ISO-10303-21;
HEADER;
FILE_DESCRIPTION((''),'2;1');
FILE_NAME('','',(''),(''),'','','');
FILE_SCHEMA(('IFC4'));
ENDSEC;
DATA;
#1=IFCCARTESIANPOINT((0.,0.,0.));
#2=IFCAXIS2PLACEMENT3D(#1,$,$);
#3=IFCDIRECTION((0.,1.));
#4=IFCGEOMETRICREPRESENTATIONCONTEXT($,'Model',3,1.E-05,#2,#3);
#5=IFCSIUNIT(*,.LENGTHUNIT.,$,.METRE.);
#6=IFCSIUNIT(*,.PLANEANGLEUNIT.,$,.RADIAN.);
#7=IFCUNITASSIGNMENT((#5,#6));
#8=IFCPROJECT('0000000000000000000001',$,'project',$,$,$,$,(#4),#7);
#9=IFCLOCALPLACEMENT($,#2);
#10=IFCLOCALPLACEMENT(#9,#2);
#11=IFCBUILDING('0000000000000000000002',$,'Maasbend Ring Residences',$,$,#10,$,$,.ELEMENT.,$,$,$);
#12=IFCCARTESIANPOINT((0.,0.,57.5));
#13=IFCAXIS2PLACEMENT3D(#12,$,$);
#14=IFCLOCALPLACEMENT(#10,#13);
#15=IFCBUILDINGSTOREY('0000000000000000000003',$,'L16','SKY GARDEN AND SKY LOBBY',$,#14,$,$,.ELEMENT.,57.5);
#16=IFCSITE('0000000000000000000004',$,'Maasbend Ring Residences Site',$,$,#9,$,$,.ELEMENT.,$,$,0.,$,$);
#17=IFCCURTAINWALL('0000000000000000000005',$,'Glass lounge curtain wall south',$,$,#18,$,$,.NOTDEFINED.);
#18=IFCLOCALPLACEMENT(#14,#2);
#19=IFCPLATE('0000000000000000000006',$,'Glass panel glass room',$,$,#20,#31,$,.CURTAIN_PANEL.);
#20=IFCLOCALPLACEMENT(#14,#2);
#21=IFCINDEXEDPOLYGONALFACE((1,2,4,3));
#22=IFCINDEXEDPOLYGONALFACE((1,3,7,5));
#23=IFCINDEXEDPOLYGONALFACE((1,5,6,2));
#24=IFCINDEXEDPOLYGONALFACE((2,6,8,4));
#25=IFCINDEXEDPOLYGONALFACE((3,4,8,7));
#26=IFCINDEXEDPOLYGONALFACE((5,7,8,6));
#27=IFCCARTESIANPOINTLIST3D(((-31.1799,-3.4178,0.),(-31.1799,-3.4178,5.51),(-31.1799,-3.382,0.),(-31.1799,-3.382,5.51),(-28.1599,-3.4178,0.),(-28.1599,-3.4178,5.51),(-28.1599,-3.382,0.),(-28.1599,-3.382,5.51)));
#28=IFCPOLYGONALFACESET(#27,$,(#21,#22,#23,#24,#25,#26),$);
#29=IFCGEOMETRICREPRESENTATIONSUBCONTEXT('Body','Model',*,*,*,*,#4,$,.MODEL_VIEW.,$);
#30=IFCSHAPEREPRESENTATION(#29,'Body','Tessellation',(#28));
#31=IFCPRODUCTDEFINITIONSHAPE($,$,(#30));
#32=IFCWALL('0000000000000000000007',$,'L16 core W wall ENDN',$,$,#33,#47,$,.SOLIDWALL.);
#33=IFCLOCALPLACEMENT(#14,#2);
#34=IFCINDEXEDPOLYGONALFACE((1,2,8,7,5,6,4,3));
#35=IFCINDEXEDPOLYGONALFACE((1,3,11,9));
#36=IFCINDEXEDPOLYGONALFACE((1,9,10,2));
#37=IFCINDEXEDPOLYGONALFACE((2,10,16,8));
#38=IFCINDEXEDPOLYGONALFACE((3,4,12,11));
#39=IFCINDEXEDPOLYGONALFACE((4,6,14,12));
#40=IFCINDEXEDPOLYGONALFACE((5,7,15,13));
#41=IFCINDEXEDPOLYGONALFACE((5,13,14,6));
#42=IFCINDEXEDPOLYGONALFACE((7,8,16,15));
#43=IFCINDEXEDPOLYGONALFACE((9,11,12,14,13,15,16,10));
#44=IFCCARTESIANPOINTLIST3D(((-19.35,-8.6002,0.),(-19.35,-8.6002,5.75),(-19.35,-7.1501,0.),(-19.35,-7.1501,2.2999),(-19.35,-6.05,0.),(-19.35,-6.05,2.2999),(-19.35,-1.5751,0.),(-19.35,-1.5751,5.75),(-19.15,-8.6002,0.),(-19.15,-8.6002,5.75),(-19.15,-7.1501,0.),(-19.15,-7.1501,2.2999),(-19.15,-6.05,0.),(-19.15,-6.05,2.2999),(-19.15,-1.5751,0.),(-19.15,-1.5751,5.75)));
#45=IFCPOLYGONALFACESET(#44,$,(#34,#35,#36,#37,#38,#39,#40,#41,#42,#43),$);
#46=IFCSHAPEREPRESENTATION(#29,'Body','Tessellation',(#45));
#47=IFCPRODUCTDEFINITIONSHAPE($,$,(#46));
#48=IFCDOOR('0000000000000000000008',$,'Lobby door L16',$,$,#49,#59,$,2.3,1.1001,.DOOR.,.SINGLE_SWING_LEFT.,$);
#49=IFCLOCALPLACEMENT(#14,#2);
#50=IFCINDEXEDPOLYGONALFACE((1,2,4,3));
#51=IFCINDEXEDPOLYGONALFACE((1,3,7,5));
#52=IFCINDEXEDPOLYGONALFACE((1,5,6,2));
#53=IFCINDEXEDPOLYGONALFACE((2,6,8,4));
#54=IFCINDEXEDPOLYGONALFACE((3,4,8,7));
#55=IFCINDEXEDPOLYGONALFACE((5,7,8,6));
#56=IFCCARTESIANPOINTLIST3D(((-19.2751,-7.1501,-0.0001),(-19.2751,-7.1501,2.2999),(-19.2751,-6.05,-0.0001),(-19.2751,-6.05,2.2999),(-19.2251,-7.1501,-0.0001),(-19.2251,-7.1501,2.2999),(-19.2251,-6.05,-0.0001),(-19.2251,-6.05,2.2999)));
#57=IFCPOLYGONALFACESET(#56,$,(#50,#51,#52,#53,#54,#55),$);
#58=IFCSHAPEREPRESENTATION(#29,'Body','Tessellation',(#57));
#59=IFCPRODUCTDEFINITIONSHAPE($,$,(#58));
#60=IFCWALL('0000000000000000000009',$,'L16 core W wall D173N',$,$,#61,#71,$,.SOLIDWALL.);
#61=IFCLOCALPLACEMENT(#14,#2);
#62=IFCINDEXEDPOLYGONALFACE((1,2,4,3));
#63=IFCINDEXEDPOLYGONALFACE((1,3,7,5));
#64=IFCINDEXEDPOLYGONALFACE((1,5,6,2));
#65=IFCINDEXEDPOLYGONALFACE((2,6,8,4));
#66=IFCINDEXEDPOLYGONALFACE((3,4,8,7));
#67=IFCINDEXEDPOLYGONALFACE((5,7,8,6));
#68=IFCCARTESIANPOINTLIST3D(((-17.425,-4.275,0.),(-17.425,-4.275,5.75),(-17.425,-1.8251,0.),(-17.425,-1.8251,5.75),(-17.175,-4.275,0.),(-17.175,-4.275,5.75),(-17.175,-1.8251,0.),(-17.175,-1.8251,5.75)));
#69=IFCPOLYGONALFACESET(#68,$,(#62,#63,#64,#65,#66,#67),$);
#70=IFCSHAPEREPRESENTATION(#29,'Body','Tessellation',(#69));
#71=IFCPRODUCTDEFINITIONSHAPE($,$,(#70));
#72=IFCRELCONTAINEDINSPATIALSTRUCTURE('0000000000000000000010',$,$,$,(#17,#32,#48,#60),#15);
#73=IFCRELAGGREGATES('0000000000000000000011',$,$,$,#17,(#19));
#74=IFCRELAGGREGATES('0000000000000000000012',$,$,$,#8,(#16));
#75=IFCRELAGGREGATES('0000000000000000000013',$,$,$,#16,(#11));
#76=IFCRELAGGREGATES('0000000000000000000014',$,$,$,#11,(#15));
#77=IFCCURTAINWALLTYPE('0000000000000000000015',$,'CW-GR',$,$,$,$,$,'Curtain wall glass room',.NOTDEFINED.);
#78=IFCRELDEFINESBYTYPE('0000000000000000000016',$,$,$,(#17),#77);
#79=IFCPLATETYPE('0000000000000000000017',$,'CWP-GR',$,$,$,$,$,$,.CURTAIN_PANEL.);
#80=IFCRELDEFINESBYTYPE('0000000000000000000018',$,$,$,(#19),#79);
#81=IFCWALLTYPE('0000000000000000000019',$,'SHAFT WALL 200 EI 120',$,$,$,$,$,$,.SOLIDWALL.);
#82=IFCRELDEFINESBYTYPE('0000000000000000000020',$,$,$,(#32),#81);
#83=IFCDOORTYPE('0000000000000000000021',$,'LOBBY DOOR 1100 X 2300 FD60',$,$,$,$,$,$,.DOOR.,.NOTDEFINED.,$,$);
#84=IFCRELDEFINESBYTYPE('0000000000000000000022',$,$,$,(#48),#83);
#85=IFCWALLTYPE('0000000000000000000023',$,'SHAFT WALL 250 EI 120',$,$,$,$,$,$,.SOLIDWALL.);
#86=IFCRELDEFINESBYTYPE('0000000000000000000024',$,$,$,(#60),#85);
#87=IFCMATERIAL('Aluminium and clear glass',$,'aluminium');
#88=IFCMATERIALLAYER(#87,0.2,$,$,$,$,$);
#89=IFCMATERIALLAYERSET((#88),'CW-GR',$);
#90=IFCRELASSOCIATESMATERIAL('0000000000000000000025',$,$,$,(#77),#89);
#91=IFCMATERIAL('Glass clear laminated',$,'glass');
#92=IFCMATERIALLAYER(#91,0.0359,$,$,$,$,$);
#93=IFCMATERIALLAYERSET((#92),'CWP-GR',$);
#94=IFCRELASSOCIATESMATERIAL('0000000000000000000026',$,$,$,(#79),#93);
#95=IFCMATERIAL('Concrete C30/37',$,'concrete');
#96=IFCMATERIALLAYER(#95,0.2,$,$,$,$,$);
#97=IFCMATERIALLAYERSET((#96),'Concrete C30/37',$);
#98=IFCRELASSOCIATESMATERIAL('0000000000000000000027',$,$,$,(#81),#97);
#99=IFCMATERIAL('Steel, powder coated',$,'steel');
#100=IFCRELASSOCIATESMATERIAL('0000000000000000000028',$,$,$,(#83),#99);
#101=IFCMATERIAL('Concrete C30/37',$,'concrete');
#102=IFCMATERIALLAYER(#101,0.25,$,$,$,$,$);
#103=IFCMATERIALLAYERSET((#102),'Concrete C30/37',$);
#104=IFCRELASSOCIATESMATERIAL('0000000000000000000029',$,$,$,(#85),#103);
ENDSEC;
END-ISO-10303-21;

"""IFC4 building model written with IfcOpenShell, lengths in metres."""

from ifc_helpers import new_model, si_unit, direction, frame, frame_2d, origin, origin_2d, place, context, subcontext, project, spatial, rectangle, extrude, material, layer, layer_set, type_object, element, fill, aggregate, save


model = new_model("IFC4")

# Units and contexts
model_context = context("Model", 3, precision=1e-05, world=origin(), true_north=direction((0.0, 1.0)))
body_context = subcontext(model_context, "Body", "Model", "MODEL_VIEW")
ifc_project = project(units=[si_unit("LENGTHUNIT", "METRE"), si_unit("PLANEANGLEUNIT", "RADIAN")], contexts=[model_context])

# Site, building, storey
site_placement = place(None, origin())
site = spatial("IfcSite", under=ifc_project, at=site_placement, Name="Maasbend Ring Residences Site", CompositionType="ELEMENT", RefElevation=0.0)
building_placement = place(site_placement, origin())
building = spatial("IfcBuilding", under=site, at=building_placement, Name="Maasbend Ring Residences", CompositionType="ELEMENT")
storey_placement = place(building_placement, frame((0.0, 0.0, 57.5)))
storey = spatial("IfcBuildingStorey", under=building, at=storey_placement, Name="L16", Description="SKY GARDEN AND SKY LOBBY", CompositionType="ELEMENT", Elevation=57.5)

# Shared definitions
ifc_material_1 = material(Name="Aluminium and clear glass", Category="aluminium")
ifc_layer_1 = layer(ifc_material_1, 0.2)
ifc_layer_set_1 = layer_set([ifc_layer_1], Name="CW-GR")
curtain_wall_type = type_object("IfcCurtainWallType", Name="CW-GR", ElementType="Curtain wall glass room", PredefinedType="NOTDEFINED", material=ifc_layer_set_1)

# Curtain wall
curtain_wall_1_placement = place(storey_placement, origin())
curtain_wall_1 = element("IfcCurtainWall", 1, at=curtain_wall_1_placement, inside=storey, type_object=curtain_wall_type, Name="Glass lounge curtain wall south", PredefinedType="NOTDEFINED")

# Plate
ifc_material_2 = material(Name="Glass clear laminated", Category="glass")
ifc_layer_2 = layer(ifc_material_2, 0.0359)
ifc_layer_set_2 = layer_set([ifc_layer_2], Name="CWP-GR")
plate_type = type_object("IfcPlateType", Name="CWP-GR", PredefinedType="CURTAIN_PANEL", material=ifc_layer_set_2)
plate_1_placement = place(storey_placement, frame((-29.6699, -3.3999, 0.0), z_axis=(0.0, 0.0, 1.0), x_axis=(-1.0, 0.0, 0.0)))
plate_1 = element("IfcPlate", 2, at=plate_1_placement, type_object=plate_type, Name="Glass panel glass room", PredefinedType="CURTAIN_PANEL", context=body_context, shape_type="SweptSolid", body=[
    extrude(rectangle(XDim=3.02, YDim=0.0359, at=origin_2d()), origin(), (0.0, 0.0, 1.0), 5.51),
])
aggregate(curtain_wall_1, [plate_1])

# Wall, opening, door
ifc_material_3 = material(Name="Concrete C30/37", Category="concrete")
ifc_layer_3 = layer(ifc_material_3, 0.2)
ifc_layer_set_3 = layer_set([ifc_layer_3], Name="Concrete C30/37")
wall_type_1 = type_object("IfcWallType", Name="SHAFT WALL 200 EI 120", PredefinedType="SOLIDWALL", material=ifc_layer_set_3)
wall_1_placement = place(storey_placement, frame((-19.25, -1.575, 0.0), z_axis=(0.0, 0.0, 1.0), x_axis=(0.0, -1.0, 0.0)))
wall_1 = element("IfcWall", 3, at=wall_1_placement, inside=storey, type_object=wall_type_1, Name="L16 core W wall ENDN", PredefinedType="SOLIDWALL", context=body_context, shape_type="SweptSolid", body=[
    extrude(rectangle(XDim=7.0251, YDim=0.2, at=frame_2d((3.5127, 0.0))), origin(), (0.0, 0.0, 1.0), 5.75),
])
opening_placement = place(wall_1_placement, frame((4.4751, 0.0, 0.0)))
opening = element("IfcOpeningElement", 4, at=opening_placement, cuts=wall_1, PredefinedType="OPENING", context=body_context, shape_type="SweptSolid", body=[
    extrude(rectangle(XDim=1.1001, YDim=2.3, at=frame_2d((0.55, 1.1499))), frame((0.0, 0.1099, 0.0), z_axis=(0.0, -1.0, 0.0), x_axis=(1.0, 0.0, 0.0)), (0.0, 0.0, 1.0), 0.22),
])
ifc_material_4 = material(Name="Steel, powder coated", Category="steel")
door_type = type_object("IfcDoorType", Name="LOBBY DOOR 1100 X 2300 FD60", OperationType="NOTDEFINED", PredefinedType="DOOR", material=ifc_material_4)
door_placement = place(opening_placement, origin())
door = element("IfcDoor", 5, at=door_placement, inside=storey, type_object=door_type, Name="Lobby door L16", OperationType="SINGLE_SWING_LEFT", OverallHeight=2.3, OverallWidth=1.1001, PredefinedType="DOOR", context=body_context, shape_type="SweptSolid", body=[
    extrude(rectangle(XDim=1.1001, YDim=2.3, at=frame_2d((0.55, 1.1499))), frame((0.0, 0.0249, 0.0), z_axis=(0.0, -1.0, 0.0), x_axis=(1.0, 0.0, 0.0)), (0.0, 0.0, 1.0), 0.05),
])
fill(opening, door)

# Wall
ifc_material_5 = material(Name="Concrete C30/37", Category="concrete")
ifc_layer_4 = layer(ifc_material_5, 0.25)
ifc_layer_set_4 = layer_set([ifc_layer_4], Name="Concrete C30/37")
wall_type_2 = type_object("IfcWallType", Name="SHAFT WALL 250 EI 120", PredefinedType="SOLIDWALL", material=ifc_layer_set_4)
wall_2_placement = place(storey_placement, frame((-17.3, -1.825, 0.0), z_axis=(0.0, 0.0, 1.0), x_axis=(0.0, -1.0, 0.0)))
element("IfcWall", 6, at=wall_2_placement, inside=storey, type_object=wall_type_2, Name="L16 core W wall D173N", PredefinedType="SOLIDWALL", context=body_context, shape_type="SweptSolid", body=[
    extrude(rectangle(XDim=2.45, YDim=0.25, at=frame_2d((1.2251, 0.0))), origin(), (0.0, 0.0, 1.0), 5.75),
])

save(model, "model.ifc")
